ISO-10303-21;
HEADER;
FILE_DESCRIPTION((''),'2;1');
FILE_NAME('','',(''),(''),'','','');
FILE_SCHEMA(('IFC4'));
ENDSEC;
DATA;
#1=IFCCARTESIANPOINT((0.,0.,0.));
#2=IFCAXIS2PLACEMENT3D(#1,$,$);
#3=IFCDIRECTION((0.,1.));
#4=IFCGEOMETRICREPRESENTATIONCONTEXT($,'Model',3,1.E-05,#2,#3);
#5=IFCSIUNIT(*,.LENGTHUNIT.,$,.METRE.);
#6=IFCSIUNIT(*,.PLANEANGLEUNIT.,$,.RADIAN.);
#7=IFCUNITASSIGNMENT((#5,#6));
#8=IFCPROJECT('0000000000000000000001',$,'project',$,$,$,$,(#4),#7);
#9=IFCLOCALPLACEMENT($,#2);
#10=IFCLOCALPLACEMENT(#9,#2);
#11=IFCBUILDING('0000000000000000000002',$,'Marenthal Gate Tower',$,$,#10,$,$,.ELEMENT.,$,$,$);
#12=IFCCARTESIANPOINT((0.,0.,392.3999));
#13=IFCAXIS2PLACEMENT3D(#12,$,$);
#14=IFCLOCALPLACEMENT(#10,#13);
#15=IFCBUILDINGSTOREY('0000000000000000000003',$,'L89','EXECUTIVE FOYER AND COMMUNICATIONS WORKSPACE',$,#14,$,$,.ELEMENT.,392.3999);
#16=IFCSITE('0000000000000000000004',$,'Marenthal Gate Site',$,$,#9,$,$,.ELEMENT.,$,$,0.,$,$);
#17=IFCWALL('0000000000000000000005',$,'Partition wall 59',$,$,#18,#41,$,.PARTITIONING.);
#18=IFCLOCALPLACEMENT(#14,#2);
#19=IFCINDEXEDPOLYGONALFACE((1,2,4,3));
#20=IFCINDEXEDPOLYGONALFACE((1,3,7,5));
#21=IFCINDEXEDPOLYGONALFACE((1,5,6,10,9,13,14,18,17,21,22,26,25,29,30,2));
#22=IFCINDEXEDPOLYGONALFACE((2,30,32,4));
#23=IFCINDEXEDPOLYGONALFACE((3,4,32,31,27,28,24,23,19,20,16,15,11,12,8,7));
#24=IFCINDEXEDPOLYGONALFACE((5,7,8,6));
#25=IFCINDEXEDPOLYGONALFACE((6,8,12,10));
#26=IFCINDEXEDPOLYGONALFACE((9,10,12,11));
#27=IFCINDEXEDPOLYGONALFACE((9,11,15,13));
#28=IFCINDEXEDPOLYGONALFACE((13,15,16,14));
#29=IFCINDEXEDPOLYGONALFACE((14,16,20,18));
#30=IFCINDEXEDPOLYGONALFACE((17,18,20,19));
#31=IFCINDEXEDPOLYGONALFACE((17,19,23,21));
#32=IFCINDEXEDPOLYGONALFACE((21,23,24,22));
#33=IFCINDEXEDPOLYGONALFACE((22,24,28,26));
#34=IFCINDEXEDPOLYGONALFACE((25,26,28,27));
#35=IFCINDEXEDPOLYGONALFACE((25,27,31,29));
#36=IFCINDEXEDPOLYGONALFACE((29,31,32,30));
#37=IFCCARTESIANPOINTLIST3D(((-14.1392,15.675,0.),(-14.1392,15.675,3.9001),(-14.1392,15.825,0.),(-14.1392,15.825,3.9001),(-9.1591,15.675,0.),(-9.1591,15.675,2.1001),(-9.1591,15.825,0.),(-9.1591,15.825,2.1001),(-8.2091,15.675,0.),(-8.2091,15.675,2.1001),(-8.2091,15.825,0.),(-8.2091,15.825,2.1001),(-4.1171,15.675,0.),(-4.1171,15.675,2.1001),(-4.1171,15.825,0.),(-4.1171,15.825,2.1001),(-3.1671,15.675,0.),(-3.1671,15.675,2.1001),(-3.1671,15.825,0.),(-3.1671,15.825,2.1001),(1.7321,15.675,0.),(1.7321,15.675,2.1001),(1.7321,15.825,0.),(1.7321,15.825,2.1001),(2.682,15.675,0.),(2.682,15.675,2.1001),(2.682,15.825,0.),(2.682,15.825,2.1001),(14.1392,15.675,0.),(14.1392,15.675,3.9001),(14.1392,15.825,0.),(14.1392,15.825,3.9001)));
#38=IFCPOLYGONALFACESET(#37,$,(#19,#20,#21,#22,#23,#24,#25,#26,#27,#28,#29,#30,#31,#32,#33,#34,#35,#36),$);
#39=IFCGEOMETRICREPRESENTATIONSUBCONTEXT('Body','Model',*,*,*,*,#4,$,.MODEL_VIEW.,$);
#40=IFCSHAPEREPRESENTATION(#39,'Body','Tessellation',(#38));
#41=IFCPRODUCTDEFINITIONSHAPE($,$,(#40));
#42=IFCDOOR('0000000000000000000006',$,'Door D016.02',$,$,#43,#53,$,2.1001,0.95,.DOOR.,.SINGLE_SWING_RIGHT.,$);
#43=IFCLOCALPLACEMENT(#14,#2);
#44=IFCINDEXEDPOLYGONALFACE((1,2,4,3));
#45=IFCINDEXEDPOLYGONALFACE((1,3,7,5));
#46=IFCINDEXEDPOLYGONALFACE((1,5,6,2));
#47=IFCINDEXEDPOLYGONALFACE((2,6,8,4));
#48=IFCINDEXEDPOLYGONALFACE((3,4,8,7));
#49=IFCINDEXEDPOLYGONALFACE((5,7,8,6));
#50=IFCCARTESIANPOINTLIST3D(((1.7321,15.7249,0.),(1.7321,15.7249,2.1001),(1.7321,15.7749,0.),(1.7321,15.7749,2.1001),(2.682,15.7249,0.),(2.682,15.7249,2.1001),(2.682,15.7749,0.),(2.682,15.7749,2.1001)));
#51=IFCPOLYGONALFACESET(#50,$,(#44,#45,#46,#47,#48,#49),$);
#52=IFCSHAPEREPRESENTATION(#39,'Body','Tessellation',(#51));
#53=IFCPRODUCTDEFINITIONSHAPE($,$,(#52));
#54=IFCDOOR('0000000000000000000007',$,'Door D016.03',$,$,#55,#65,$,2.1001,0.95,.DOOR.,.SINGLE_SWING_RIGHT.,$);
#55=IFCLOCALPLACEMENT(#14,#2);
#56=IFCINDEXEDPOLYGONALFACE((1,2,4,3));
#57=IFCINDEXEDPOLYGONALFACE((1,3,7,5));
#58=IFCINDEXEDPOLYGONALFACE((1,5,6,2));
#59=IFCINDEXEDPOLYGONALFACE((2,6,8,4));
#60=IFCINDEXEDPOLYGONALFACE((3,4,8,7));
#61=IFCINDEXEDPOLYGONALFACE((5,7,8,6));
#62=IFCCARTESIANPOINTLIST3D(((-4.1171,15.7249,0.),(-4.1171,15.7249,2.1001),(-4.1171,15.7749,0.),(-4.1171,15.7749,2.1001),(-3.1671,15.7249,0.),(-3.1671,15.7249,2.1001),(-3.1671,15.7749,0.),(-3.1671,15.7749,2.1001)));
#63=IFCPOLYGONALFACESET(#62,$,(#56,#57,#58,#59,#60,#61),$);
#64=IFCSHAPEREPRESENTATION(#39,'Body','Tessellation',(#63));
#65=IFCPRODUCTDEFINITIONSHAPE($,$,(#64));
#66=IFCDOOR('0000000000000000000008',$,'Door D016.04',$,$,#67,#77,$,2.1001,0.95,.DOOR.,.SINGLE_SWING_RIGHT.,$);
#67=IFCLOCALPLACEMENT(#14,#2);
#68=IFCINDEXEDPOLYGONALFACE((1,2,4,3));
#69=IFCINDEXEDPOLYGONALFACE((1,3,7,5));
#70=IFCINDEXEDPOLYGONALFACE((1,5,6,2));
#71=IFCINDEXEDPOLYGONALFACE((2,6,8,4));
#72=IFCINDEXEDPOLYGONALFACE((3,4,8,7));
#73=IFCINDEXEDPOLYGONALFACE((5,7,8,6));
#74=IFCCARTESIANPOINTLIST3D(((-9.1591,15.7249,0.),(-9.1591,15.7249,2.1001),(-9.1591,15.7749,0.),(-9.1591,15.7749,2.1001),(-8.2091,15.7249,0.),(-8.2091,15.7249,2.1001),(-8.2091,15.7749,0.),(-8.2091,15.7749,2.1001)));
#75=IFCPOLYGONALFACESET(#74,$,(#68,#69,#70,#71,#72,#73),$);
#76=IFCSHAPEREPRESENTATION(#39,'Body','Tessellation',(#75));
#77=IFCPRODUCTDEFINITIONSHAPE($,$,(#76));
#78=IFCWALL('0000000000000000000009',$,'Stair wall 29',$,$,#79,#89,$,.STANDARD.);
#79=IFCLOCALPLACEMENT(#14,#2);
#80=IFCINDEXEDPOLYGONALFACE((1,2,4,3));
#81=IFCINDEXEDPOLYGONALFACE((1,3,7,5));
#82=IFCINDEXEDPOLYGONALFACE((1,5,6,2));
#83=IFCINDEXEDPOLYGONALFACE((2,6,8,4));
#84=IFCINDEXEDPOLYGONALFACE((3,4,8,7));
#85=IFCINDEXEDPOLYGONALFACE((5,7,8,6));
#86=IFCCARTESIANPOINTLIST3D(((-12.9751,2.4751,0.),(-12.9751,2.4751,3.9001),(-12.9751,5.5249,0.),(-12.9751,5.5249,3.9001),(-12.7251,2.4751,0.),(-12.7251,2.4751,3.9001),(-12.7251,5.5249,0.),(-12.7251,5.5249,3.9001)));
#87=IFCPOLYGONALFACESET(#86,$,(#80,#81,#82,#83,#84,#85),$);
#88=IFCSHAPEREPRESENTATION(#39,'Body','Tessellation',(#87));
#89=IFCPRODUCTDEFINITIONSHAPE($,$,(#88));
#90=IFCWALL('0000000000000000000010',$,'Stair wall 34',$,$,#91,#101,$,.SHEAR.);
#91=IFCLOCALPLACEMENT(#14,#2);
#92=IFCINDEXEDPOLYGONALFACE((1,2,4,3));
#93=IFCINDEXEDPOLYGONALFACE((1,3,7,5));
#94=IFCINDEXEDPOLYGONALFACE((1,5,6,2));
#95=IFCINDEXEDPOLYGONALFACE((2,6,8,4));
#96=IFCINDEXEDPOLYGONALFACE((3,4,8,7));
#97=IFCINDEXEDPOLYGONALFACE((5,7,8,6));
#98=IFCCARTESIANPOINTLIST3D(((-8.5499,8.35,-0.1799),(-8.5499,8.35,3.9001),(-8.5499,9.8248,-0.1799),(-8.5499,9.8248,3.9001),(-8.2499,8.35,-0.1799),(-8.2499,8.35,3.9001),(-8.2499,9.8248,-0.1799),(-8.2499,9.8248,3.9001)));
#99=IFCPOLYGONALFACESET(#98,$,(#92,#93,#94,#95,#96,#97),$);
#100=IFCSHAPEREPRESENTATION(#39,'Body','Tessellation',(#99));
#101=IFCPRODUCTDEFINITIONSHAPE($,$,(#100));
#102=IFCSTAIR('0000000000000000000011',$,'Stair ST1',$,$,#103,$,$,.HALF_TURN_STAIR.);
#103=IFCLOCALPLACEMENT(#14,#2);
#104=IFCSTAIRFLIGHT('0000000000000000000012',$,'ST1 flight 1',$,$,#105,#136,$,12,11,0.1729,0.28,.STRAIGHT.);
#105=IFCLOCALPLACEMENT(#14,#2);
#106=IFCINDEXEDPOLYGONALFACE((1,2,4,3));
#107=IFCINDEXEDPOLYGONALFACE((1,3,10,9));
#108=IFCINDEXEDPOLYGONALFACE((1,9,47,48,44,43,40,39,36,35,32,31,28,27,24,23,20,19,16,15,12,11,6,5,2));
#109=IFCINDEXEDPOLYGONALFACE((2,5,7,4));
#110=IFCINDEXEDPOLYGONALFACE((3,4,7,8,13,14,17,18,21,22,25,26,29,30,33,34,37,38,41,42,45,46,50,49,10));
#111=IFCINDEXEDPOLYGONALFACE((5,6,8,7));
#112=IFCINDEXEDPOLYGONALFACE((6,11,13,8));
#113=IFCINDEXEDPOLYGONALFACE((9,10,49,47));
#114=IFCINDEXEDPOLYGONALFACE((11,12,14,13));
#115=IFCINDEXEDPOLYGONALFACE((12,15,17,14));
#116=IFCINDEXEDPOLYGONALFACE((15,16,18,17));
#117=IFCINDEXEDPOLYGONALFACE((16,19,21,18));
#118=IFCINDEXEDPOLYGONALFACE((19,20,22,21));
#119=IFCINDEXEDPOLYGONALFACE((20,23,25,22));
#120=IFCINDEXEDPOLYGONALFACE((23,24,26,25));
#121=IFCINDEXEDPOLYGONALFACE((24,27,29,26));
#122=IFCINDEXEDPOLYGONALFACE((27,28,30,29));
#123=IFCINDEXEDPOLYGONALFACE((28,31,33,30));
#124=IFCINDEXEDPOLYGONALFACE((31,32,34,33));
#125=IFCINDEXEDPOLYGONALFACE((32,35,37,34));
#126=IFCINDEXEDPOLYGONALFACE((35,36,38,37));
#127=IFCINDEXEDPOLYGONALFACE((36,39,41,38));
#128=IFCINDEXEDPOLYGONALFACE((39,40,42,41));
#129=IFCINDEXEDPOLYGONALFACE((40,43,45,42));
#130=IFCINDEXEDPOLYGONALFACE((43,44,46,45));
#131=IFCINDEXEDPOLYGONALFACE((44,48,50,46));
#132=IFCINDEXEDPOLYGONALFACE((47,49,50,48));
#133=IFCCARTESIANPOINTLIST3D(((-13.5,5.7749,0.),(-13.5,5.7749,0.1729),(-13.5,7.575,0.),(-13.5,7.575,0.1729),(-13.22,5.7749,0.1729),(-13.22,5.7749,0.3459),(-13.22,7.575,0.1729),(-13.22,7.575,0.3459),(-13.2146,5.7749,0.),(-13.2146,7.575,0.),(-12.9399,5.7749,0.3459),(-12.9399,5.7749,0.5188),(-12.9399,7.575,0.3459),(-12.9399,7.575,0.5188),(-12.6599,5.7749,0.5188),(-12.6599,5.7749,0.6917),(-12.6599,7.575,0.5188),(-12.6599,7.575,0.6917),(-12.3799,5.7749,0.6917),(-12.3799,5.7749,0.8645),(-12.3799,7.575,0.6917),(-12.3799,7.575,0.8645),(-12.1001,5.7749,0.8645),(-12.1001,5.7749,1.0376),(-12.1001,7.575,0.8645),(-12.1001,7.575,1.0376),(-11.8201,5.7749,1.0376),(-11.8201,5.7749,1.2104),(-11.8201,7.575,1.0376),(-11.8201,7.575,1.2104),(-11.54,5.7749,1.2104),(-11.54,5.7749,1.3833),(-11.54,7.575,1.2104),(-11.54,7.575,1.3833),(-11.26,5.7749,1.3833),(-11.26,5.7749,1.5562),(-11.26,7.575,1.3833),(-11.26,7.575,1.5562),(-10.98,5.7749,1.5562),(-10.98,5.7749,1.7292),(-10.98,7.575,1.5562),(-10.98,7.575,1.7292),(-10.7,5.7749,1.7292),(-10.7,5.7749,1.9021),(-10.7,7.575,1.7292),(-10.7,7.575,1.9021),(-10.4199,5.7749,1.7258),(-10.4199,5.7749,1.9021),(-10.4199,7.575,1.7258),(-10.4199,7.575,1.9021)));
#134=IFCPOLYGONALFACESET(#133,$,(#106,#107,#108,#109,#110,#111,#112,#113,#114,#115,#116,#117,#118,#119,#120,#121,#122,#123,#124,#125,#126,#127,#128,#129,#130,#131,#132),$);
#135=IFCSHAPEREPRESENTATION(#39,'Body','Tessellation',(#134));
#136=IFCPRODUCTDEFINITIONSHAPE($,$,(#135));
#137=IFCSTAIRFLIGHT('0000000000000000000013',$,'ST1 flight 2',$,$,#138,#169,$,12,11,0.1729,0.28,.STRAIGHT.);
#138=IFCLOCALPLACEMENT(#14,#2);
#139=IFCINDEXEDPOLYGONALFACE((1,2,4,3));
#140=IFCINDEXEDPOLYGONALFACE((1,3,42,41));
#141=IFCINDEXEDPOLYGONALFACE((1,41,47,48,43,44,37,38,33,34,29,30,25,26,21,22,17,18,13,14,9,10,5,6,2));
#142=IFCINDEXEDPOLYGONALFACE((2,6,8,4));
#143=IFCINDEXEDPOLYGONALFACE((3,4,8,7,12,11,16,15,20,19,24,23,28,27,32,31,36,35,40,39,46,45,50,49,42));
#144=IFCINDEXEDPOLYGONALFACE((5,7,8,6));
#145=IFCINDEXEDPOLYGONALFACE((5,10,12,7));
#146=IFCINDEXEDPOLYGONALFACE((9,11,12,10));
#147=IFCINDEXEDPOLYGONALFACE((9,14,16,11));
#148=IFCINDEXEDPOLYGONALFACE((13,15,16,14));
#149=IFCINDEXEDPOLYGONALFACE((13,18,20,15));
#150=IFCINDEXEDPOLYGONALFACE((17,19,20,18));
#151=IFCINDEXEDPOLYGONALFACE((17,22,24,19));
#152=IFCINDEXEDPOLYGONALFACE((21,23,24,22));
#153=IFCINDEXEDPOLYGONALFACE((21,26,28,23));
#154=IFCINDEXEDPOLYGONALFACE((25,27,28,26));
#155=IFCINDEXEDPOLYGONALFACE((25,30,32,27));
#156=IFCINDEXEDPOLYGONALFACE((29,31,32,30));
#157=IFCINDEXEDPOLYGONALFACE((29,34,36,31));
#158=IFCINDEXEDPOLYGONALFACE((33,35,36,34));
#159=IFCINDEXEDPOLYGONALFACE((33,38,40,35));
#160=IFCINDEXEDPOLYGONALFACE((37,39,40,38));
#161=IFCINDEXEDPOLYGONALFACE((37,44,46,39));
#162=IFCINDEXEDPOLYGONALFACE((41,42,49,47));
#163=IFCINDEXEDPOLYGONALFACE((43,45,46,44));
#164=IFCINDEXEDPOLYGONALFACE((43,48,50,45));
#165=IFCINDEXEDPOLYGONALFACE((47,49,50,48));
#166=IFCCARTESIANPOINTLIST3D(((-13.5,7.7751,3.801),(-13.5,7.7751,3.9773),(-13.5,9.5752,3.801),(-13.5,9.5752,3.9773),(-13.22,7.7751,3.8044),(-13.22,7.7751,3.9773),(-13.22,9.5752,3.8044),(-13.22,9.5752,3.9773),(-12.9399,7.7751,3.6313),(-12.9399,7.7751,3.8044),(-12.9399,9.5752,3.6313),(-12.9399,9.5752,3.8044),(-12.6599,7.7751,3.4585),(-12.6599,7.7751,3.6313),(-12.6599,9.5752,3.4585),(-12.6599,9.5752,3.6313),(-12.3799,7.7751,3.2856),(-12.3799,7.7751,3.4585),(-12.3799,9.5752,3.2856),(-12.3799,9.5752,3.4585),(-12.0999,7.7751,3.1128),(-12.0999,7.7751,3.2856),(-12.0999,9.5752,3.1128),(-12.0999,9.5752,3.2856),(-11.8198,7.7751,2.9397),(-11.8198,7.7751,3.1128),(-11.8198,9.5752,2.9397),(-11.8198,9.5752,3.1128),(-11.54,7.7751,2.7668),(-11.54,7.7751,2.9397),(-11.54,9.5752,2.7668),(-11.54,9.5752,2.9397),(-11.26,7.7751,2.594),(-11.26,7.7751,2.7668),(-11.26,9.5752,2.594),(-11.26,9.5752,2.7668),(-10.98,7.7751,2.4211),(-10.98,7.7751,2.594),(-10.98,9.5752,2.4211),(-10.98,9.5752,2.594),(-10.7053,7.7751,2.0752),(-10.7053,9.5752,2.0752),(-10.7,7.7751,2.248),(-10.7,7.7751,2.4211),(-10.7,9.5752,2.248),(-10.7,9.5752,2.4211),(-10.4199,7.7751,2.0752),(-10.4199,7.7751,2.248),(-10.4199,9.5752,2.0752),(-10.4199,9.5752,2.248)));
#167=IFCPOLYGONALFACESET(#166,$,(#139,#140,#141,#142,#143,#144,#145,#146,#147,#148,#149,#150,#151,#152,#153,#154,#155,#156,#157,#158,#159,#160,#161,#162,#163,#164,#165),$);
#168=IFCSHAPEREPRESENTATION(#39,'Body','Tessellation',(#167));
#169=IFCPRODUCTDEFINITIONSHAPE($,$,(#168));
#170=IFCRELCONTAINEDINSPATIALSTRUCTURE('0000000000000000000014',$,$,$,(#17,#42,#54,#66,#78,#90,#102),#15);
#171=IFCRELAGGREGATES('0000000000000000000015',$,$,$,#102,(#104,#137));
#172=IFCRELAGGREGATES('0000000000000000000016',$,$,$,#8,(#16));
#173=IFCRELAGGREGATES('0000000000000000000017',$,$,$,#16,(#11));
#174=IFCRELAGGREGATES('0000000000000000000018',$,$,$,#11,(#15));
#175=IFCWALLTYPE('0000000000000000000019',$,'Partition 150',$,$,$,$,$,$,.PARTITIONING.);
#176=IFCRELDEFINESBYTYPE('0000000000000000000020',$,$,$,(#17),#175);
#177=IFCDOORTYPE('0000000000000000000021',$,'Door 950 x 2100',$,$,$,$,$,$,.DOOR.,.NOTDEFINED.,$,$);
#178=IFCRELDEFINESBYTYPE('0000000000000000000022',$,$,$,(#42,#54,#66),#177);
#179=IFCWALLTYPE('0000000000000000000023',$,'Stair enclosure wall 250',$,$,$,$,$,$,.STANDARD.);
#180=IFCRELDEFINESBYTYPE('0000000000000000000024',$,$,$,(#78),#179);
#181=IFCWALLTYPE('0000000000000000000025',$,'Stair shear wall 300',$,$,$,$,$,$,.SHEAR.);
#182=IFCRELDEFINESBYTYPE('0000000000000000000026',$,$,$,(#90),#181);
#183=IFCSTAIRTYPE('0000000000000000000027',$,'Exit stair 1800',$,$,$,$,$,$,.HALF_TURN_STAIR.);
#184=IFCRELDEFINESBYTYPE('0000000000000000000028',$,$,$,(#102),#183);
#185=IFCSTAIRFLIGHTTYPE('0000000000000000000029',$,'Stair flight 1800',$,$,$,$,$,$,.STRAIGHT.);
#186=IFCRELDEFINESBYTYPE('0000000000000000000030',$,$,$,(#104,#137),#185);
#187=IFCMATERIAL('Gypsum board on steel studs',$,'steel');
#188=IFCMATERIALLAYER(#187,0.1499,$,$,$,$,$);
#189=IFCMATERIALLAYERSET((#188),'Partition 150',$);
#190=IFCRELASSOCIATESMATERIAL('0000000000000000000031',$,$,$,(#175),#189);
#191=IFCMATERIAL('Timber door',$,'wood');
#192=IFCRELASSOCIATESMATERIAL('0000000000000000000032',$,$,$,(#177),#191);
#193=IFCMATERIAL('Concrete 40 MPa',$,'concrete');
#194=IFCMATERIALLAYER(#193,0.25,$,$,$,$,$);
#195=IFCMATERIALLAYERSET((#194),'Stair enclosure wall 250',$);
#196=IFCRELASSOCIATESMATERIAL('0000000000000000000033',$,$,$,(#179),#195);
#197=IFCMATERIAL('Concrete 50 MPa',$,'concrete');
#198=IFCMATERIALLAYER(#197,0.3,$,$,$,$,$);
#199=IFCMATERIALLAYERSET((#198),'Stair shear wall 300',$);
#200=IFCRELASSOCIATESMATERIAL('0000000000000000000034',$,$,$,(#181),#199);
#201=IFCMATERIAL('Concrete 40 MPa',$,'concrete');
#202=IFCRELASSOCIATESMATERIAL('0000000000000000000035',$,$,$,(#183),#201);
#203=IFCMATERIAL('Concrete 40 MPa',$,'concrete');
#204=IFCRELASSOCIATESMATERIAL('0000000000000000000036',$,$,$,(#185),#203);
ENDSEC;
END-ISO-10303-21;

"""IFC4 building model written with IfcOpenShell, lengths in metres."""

from ifc_helpers import new_model, si_unit, direction, frame, frame_2d, origin, place, context, subcontext, project, spatial, polyline, rectangle, outline, extrude, material, layer, layer_set, type_object, element, fill, aggregate, save


model = new_model("IFC4")

# Units and contexts
model_context = context("Model", 3, precision=1e-05, world=origin(), true_north=direction((0.0, 1.0)))
body_context = subcontext(model_context, "Body", "Model", "MODEL_VIEW")
ifc_project = project(units=[si_unit("LENGTHUNIT", "METRE"), si_unit("PLANEANGLEUNIT", "RADIAN")], contexts=[model_context])

# Site, building, storey
site_placement = place(None, origin())
site = spatial("IfcSite", under=ifc_project, at=site_placement, Name="Marenthal Gate Site", CompositionType="ELEMENT", RefElevation=0.0)
building_placement = place(site_placement, origin())
building = spatial("IfcBuilding", under=site, at=building_placement, Name="Marenthal Gate Tower", CompositionType="ELEMENT")
storey_placement = place(building_placement, frame((0.0, 0.0, 392.3999)))
storey = spatial("IfcBuildingStorey", under=building, at=storey_placement, Name="L89", Description="EXECUTIVE FOYER AND COMMUNICATIONS WORKSPACE", CompositionType="ELEMENT", Elevation=392.3999)

# Shared definitions
ifc_material_1 = material(Name="Gypsum board on steel studs", Category="steel")
ifc_layer_1 = layer(ifc_material_1, 0.1499)
ifc_layer_set_1 = layer_set([ifc_layer_1], Name="Partition 150")
wall_type_1 = type_object("IfcWallType", Name="Partition 150", PredefinedType="PARTITIONING", material=ifc_layer_set_1)

# Wall, openings, doors
wall_1_placement = place(storey_placement, frame((-14.1392, 15.75, 0.0), z_axis=(0.0, 0.0, 1.0), x_axis=(1.0, 0.0, 0.0)))
wall_1 = element("IfcWall", 1, at=wall_1_placement, inside=storey, type_object=wall_type_1, Name="Partition wall 59", PredefinedType="PARTITIONING", context=body_context, shape_type="SweptSolid", body=[
    extrude(rectangle(XDim=28.2783, YDim=0.1499, at=frame_2d((14.1392, 0.0))), origin(), (0.0, 0.0, 1.0), 3.9001),
])
opening_1_placement = place(wall_1_placement, frame((15.8711, 0.0, 0.0)))
opening_1 = element("IfcOpeningElement", 2, at=opening_1_placement, cuts=wall_1, PredefinedType="OPENING", context=body_context, shape_type="SweptSolid", body=[
    extrude(rectangle(XDim=0.95, YDim=2.1001, at=frame_2d((0.4751, 1.05))), frame((0.0, 0.085, 0.0), z_axis=(0.0, -1.0, 0.0), x_axis=(1.0, 0.0, 0.0)), (0.0, 0.0, 1.0), 0.1699),
])
opening_2_placement = place(wall_1_placement, frame((10.022, 0.0, 0.0)))
opening_2 = element("IfcOpeningElement", 3, at=opening_2_placement, cuts=wall_1, PredefinedType="OPENING", context=body_context, shape_type="SweptSolid", body=[
    extrude(rectangle(XDim=0.95, YDim=2.1001, at=frame_2d((0.4751, 1.05))), frame((0.0, 0.085, 0.0), z_axis=(0.0, -1.0, 0.0), x_axis=(1.0, 0.0, 0.0)), (0.0, 0.0, 1.0), 0.1699),
])
opening_3_placement = place(wall_1_placement, frame((4.98, 0.0, 0.0)))
opening_3 = element("IfcOpeningElement", 4, at=opening_3_placement, cuts=wall_1, PredefinedType="OPENING", context=body_context, shape_type="SweptSolid", body=[
    extrude(rectangle(XDim=0.95, YDim=2.1001, at=frame_2d((0.4751, 1.05))), frame((0.0, 0.085, 0.0), z_axis=(0.0, -1.0, 0.0), x_axis=(1.0, 0.0, 0.0)), (0.0, 0.0, 1.0), 0.1699),
])
ifc_material_2 = material(Name="Timber door", Category="wood")
door_type_1 = type_object("IfcDoorType", Name="Door 950 x 2100", OperationType="NOTDEFINED", PredefinedType="DOOR", material=ifc_material_2)
door_1_placement = place(opening_1_placement, origin())
door_1 = element("IfcDoor", 5, at=door_1_placement, inside=storey, type_object=door_type_1, Name="Door D016.02", OperationType="SINGLE_SWING_RIGHT", OverallHeight=2.1001, OverallWidth=0.95, PredefinedType="DOOR", context=body_context, shape_type="SweptSolid", body=[
    extrude(rectangle(XDim=0.95, YDim=2.1001, at=frame_2d((0.4751, 1.05))), frame((0.0, 0.0249, 0.0), z_axis=(0.0, -1.0, 0.0), x_axis=(1.0, 0.0, 0.0)), (0.0, 0.0, 1.0), 0.05),
])
fill(opening_1, door_1)
door_2_placement = place(opening_2_placement, origin())
door_2 = element("IfcDoor", 6, at=door_2_placement, inside=storey, type_object=door_type_1, Name="Door D016.03", OperationType="SINGLE_SWING_RIGHT", OverallHeight=2.1001, OverallWidth=0.95, PredefinedType="DOOR", context=body_context, shape_type="SweptSolid", body=[
    extrude(rectangle(XDim=0.95, YDim=2.1001, at=frame_2d((0.4751, 1.05))), frame((0.0, 0.0249, 0.0), z_axis=(0.0, -1.0, 0.0), x_axis=(1.0, 0.0, 0.0)), (0.0, 0.0, 1.0), 0.05),
])
fill(opening_2, door_2)
door_3_placement = place(opening_3_placement, origin())
door_3 = element("IfcDoor", 7, at=door_3_placement, inside=storey, type_object=door_type_1, Name="Door D016.04", OperationType="SINGLE_SWING_RIGHT", OverallHeight=2.1001, OverallWidth=0.95, PredefinedType="DOOR", context=body_context, shape_type="SweptSolid", body=[
    extrude(rectangle(XDim=0.95, YDim=2.1001, at=frame_2d((0.4751, 1.05))), frame((0.0, 0.0249, 0.0), z_axis=(0.0, -1.0, 0.0), x_axis=(1.0, 0.0, 0.0)), (0.0, 0.0, 1.0), 0.05),
])
fill(opening_3, door_3)

# Walls
ifc_material_3 = material(Name="Concrete 40 MPa", Category="concrete")
ifc_layer_2 = layer(ifc_material_3, 0.25)
ifc_layer_set_2 = layer_set([ifc_layer_2], Name="Stair enclosure wall 250")
wall_type_2 = type_object("IfcWallType", Name="Stair enclosure wall 250", PredefinedType="STANDARD", material=ifc_layer_set_2)
wall_2_placement = place(storey_placement, frame((-12.8501, 2.4751, 0.0), z_axis=(0.0, 0.0, 1.0), x_axis=(0.0, 1.0, 0.0)))
element("IfcWall", 8, at=wall_2_placement, inside=storey, type_object=wall_type_2, Name="Stair wall 29", PredefinedType="STANDARD", context=body_context, shape_type="SweptSolid", body=[
    extrude(rectangle(XDim=3.0498, YDim=0.25, at=frame_2d((1.5249, 0.0))), origin(), (0.0, 0.0, 1.0), 3.9001),
])
ifc_material_4 = material(Name="Concrete 50 MPa", Category="concrete")
ifc_layer_3 = layer(ifc_material_4, 0.3)
ifc_layer_set_3 = layer_set([ifc_layer_3], Name="Stair shear wall 300")
wall_type_3 = type_object("IfcWallType", Name="Stair shear wall 300", PredefinedType="SHEAR", material=ifc_layer_set_3)
wall_3_placement = place(storey_placement, frame((-8.3999, 8.3501, -0.1799), z_axis=(0.0, 0.0, 1.0), x_axis=(0.0, 1.0, 0.0)))
element("IfcWall", 9, at=wall_3_placement, inside=storey, type_object=wall_type_3, Name="Stair wall 34", PredefinedType="SHEAR", context=body_context, shape_type="SweptSolid", body=[
    extrude(rectangle(XDim=1.4749, YDim=0.3, at=frame_2d((0.7373, 0.0))), origin(), (0.0, 0.0, 1.0), 4.0801),
])

# Stair, stair flights
ifc_material_5 = material(Name="Concrete 40 MPa", Category="concrete")
stair_type = type_object("IfcStairType", Name="Exit stair 1800", PredefinedType="HALF_TURN_STAIR", material=ifc_material_5)
stair_placement = place(storey_placement, origin())
stair = element("IfcStair", 10, at=stair_placement, inside=storey, type_object=stair_type, Name="Stair ST1", PredefinedType="HALF_TURN_STAIR")
ifc_material_6 = material(Name="Concrete 40 MPa", Category="concrete")
stair_flight_type = type_object("IfcStairFlightType", Name="Stair flight 1800", PredefinedType="STRAIGHT", material=ifc_material_6)
stair_flight_1_placement = place(storey_placement, frame((-13.5, 6.675, 0.0), z_axis=(0.0, 0.0, 1.0), x_axis=(1.0, 0.0, 0.0)))
stair_flight_1 = element("IfcStairFlight", 11, at=stair_flight_1_placement, type_object=stair_flight_type, Name="ST1 flight 1", NumberOfRisers=12, NumberOfTreads=11, PredefinedType="STRAIGHT", RiserHeight=0.1729, TreadLength=0.28, context=body_context, shape_type="SweptSolid", body=[
    extrude(outline(polyline([(0.0, 0.0), (0.0, 0.1729), (0.28, 0.1729), (0.28, 0.3459), (0.5601, 0.3459), (0.5601, 0.5188), (0.8401, 0.5188), (0.8401, 0.6917), (1.1201, 0.6917), (1.1201, 0.8645), (1.3999, 0.8645), (1.3999, 1.0376), (1.6799, 1.0376), (1.6799, 1.2104), (1.96, 1.2104), (1.96, 1.3833), (2.24, 1.3833), (2.24, 1.5562), (2.52, 1.5562), (2.52, 1.7292), (2.8, 1.7292), (2.8, 1.9021), (3.0801, 1.9021), (3.0801, 2.075), (3.0801, 1.7258), (0.2854, 0.0), (0.0, 0.0)])), frame((0.0, 0.8999, 0.0), z_axis=(0.0, -1.0, 0.0), x_axis=(1.0, 0.0, 0.0)), (0.0, 0.0, 1.0), 1.8),
])
stair_flight_2_placement = place(storey_placement, frame((-10.4199, 8.675, 2.0752), z_axis=(0.0, 0.0, 1.0), x_axis=(-1.0, 0.0, 0.0)))
stair_flight_2 = element("IfcStairFlight", 12, at=stair_flight_2_placement, type_object=stair_flight_type, Name="ST1 flight 2", NumberOfRisers=12, NumberOfTreads=11, PredefinedType="STRAIGHT", RiserHeight=0.1729, TreadLength=0.28, context=body_context, shape_type="SweptSolid", body=[
    extrude(outline(polyline([(0.0, 0.0), (0.0, 0.1729), (0.28, 0.1729), (0.28, 0.3459), (0.5601, 0.3459), (0.5601, 0.5188), (0.8401, 0.5188), (0.8401, 0.6917), (1.1201, 0.6917), (1.1201, 0.8645), (1.3999, 0.8645), (1.3999, 1.0376), (1.6799, 1.0376), (1.6799, 1.2104), (1.96, 1.2104), (1.96, 1.3833), (2.24, 1.3833), (2.24, 1.5562), (2.52, 1.5562), (2.52, 1.7292), (2.8, 1.7292), (2.8, 1.9021), (3.0801, 1.9021), (3.0801, 2.075), (3.0801, 1.7258), (0.2854, 0.0), (0.0, 0.0)])), frame((0.0, 0.8999, 0.0), z_axis=(0.0, -1.0, 0.0), x_axis=(1.0, 0.0, 0.0)), (0.0, 0.0, 1.0), 1.8),
])
aggregate(stair, [stair_flight_1, stair_flight_2])

save(model, "model.ifc")
